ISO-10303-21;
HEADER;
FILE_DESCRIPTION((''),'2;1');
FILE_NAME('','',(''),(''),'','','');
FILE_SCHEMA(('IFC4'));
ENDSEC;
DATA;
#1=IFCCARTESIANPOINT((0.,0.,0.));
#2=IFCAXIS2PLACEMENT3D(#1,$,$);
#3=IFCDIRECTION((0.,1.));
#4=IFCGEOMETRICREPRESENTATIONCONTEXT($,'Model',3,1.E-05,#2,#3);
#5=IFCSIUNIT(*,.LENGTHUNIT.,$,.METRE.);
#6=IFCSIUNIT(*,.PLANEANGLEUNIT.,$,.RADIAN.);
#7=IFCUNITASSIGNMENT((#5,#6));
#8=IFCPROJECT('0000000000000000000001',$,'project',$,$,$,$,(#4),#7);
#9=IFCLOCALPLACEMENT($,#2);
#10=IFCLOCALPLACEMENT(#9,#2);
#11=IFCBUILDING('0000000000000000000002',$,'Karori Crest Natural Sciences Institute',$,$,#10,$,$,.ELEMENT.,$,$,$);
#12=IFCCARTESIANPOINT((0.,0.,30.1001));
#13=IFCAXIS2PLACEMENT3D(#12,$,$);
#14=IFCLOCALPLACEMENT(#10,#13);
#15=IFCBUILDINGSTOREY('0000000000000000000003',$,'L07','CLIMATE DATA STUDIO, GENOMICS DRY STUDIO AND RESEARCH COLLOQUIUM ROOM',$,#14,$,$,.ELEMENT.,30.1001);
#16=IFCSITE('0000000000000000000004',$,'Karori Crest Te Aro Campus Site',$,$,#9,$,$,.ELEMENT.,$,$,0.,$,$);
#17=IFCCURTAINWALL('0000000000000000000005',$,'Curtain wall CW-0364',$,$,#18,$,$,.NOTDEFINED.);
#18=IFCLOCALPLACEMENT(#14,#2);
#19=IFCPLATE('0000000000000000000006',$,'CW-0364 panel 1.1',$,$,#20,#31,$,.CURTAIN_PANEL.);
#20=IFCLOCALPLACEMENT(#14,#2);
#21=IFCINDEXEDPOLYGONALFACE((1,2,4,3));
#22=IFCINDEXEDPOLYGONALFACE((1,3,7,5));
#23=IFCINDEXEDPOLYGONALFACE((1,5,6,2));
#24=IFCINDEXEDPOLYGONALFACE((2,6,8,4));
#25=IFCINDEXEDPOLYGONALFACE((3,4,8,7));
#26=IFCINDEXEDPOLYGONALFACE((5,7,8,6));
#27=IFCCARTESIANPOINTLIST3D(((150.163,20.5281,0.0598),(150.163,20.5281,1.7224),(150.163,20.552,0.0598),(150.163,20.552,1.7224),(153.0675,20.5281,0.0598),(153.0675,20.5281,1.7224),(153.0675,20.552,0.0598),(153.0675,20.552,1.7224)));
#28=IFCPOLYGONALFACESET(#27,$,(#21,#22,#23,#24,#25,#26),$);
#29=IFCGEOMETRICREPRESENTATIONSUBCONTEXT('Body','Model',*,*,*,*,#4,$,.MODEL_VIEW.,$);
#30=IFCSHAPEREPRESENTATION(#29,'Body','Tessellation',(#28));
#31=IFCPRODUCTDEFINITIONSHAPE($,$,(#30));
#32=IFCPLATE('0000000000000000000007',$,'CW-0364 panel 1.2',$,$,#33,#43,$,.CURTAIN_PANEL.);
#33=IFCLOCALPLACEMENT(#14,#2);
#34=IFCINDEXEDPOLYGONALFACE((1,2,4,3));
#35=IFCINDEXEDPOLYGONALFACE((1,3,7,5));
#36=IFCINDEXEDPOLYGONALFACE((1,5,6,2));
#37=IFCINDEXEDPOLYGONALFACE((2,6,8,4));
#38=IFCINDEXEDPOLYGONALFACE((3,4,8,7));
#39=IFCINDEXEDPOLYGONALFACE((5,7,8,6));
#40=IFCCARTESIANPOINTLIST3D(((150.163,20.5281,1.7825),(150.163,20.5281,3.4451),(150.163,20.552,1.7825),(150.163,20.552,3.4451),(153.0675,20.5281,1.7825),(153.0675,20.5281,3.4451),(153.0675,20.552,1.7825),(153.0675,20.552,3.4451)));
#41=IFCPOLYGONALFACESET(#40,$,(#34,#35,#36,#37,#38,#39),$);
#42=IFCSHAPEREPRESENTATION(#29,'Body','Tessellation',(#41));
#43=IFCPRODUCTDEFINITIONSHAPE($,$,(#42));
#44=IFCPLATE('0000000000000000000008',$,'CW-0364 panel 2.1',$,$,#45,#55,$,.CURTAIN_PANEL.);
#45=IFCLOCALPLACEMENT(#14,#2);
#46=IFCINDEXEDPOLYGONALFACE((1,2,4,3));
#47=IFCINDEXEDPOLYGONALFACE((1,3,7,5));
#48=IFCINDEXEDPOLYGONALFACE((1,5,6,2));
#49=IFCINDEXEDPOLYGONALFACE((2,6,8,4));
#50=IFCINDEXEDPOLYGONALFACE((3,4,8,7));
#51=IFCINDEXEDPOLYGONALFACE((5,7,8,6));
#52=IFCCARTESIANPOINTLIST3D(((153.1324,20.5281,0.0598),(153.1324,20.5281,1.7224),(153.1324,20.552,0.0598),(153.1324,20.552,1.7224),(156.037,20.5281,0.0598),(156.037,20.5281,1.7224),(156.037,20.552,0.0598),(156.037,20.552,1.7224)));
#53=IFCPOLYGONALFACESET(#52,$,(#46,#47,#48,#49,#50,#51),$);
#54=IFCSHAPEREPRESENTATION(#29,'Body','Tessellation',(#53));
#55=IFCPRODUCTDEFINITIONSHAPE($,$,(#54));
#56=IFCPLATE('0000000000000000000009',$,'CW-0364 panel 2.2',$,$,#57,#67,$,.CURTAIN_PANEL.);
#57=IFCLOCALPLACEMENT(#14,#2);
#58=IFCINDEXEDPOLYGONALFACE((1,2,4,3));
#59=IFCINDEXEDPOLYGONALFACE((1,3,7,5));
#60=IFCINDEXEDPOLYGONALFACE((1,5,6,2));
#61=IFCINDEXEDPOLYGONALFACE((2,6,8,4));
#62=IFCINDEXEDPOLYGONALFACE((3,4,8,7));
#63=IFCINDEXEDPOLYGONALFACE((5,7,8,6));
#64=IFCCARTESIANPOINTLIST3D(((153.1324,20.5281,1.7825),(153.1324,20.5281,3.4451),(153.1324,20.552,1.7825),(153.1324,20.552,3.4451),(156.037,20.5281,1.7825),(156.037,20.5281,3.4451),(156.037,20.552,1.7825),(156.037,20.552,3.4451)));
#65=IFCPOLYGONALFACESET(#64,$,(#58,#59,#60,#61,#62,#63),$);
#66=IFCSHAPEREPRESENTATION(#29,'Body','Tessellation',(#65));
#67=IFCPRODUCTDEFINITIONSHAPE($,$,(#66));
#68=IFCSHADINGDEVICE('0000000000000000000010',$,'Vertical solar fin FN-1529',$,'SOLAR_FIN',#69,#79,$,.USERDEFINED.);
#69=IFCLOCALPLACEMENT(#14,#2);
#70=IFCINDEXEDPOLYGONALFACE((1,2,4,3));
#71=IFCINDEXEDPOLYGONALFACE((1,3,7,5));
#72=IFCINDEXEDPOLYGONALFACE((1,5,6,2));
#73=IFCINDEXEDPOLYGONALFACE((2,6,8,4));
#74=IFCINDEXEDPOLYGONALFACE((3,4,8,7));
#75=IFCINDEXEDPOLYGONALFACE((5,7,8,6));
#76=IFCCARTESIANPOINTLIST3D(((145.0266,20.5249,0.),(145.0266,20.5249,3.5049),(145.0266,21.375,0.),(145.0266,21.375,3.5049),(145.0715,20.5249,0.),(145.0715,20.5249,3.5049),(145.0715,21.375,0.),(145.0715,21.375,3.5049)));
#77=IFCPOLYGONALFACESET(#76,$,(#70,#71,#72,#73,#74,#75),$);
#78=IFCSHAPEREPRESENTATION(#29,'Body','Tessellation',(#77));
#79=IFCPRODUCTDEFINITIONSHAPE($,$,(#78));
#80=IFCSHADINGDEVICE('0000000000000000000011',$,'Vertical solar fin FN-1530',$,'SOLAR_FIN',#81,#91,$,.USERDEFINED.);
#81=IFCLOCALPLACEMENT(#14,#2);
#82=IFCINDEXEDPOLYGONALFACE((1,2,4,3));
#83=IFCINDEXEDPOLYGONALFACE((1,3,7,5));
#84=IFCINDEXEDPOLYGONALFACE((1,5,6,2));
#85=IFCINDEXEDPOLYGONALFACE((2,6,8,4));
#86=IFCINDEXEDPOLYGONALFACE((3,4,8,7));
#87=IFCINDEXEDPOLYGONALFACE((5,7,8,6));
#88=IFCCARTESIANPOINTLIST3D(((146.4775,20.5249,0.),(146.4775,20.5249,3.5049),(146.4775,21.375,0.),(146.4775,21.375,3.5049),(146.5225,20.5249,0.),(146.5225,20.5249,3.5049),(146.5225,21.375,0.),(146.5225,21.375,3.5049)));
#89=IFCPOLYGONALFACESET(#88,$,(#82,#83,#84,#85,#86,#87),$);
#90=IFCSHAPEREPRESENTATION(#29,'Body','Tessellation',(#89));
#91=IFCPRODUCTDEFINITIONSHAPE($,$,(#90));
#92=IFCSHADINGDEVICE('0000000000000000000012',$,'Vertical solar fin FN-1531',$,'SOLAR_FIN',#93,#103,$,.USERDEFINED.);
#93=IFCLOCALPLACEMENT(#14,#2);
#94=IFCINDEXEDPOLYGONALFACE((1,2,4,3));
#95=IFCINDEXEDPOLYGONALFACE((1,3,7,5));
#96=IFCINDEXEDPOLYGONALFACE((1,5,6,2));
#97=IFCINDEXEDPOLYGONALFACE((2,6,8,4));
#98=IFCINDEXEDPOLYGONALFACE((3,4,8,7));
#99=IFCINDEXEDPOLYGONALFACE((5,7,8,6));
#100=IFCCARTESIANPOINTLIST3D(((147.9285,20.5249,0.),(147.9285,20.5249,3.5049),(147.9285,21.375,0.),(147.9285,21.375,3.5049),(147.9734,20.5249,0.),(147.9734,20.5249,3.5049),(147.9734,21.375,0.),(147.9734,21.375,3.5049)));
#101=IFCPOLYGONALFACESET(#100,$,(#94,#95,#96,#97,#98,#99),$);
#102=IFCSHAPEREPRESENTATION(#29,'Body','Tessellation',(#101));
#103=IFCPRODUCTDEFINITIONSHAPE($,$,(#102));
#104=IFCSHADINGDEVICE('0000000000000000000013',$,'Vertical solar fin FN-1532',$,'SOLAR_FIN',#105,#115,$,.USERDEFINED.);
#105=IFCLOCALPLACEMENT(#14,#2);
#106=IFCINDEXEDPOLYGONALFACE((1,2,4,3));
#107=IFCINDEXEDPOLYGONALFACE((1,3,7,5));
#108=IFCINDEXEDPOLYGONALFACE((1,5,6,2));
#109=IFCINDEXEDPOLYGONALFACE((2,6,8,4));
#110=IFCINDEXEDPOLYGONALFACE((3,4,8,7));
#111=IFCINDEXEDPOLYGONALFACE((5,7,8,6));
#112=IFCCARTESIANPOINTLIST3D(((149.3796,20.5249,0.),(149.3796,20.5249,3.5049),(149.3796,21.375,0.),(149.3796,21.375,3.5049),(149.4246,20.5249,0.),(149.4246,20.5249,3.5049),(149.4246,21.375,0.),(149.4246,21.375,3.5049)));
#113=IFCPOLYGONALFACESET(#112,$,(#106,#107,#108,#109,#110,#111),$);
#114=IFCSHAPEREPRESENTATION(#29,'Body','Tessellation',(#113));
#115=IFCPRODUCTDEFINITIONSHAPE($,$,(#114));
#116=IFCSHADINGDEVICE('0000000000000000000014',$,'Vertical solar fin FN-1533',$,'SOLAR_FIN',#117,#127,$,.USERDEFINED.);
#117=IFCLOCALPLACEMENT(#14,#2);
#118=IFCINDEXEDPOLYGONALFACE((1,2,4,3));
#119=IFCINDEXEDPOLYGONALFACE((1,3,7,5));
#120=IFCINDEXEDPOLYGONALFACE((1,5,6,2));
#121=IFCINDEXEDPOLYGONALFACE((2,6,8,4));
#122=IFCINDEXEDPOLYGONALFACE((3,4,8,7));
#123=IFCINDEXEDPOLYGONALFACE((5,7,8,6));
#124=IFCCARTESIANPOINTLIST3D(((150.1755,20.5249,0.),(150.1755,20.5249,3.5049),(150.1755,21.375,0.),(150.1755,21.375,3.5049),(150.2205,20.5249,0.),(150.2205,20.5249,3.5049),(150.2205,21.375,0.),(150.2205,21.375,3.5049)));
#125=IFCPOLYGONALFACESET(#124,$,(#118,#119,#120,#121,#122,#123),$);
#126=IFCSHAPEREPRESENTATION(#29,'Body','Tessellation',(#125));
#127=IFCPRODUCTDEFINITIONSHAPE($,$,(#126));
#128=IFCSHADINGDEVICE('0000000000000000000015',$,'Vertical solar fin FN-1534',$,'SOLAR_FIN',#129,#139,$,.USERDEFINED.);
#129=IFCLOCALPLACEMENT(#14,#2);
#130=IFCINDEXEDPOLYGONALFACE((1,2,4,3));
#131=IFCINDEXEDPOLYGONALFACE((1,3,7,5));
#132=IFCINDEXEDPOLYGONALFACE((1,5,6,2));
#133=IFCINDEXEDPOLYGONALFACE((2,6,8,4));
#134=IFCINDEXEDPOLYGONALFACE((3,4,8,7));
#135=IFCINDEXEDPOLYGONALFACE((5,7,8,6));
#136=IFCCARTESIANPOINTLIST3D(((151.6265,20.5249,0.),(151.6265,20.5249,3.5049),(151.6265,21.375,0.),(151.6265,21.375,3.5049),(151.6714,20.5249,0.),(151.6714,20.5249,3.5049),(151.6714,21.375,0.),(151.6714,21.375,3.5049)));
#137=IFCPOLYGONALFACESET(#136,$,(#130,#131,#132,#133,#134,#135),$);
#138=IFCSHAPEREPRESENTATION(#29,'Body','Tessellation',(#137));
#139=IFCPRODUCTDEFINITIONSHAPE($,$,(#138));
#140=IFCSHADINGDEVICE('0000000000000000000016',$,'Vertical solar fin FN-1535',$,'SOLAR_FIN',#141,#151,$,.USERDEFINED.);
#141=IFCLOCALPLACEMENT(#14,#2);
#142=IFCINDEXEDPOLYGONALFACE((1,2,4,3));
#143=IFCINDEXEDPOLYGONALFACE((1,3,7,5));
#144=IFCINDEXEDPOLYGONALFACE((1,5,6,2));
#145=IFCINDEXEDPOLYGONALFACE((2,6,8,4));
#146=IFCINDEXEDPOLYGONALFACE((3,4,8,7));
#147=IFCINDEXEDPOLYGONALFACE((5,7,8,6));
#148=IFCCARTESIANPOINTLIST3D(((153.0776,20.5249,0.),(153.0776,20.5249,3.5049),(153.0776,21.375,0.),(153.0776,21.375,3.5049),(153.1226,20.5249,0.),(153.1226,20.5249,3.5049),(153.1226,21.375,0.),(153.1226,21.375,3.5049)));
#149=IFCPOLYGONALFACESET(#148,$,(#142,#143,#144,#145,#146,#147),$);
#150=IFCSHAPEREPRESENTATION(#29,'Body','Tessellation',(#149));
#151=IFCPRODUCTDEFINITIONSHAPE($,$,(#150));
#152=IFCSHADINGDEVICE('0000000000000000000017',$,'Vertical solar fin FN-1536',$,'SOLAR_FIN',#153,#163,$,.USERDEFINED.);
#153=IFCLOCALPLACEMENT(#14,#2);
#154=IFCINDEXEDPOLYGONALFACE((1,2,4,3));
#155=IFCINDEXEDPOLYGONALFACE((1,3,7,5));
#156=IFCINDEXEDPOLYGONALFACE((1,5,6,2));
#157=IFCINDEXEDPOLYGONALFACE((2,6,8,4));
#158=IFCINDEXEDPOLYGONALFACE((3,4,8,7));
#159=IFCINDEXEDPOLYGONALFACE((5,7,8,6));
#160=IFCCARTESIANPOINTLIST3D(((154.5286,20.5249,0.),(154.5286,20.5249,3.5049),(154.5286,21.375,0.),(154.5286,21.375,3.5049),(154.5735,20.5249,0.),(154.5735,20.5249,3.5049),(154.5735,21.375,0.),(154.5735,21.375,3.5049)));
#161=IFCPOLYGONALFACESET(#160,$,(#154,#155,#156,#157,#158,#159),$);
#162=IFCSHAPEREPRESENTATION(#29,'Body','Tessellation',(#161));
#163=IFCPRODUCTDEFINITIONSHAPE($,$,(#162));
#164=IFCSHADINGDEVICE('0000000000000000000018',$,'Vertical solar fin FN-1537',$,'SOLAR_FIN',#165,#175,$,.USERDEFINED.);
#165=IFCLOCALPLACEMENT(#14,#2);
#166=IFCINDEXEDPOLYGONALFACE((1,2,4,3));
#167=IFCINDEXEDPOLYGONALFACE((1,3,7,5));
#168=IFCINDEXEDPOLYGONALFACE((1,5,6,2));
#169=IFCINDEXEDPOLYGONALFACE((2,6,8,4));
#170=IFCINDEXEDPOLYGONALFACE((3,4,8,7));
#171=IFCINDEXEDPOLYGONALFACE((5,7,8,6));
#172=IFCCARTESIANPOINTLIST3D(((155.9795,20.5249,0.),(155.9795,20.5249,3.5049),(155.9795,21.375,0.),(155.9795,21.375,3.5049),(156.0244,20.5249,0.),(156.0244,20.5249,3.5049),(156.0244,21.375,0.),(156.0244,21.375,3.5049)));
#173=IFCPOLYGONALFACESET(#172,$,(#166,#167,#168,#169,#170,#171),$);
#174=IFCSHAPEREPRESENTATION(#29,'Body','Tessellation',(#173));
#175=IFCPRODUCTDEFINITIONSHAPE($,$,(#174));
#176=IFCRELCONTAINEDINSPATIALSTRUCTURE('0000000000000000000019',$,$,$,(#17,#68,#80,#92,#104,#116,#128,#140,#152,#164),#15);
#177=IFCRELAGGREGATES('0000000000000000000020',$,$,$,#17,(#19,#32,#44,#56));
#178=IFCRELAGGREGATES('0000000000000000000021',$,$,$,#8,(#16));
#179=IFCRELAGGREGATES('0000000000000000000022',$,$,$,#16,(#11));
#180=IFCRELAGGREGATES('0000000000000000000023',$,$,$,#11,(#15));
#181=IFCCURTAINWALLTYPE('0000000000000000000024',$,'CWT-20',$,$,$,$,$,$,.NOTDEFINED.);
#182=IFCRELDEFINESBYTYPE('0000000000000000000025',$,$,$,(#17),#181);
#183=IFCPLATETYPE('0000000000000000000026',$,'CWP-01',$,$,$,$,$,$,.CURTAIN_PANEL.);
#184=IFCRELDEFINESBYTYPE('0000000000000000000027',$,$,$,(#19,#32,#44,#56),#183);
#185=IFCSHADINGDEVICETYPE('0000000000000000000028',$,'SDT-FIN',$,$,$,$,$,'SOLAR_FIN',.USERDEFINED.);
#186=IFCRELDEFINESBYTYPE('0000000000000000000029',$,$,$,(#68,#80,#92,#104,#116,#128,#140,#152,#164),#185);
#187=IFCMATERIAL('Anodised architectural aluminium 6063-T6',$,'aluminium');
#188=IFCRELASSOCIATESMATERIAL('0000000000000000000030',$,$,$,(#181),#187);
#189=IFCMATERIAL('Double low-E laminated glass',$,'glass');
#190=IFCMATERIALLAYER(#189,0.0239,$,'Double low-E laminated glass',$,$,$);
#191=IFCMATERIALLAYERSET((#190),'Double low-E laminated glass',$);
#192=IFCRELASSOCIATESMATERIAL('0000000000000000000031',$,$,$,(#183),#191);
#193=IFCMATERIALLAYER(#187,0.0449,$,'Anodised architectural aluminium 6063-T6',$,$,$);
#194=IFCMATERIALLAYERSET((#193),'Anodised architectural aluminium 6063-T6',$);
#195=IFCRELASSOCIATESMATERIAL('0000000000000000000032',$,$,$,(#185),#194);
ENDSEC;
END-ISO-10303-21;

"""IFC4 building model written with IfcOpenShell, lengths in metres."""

from ifc_helpers import new_model, si_unit, direction, frame, origin, origin_2d, place, context, subcontext, project, spatial, rectangle, extrude, material, layer, layer_set, type_object, element, aggregate, save


model = new_model("IFC4")

# Units and contexts
model_context = context("Model", 3, precision=1e-05, world=origin(), true_north=direction((0.0, 1.0)))
body_context = subcontext(model_context, "Body", "Model", "MODEL_VIEW")
ifc_project = project(units=[si_unit("LENGTHUNIT", "METRE"), si_unit("PLANEANGLEUNIT", "RADIAN")], contexts=[model_context])

# Site, building, storey
site_placement = place(None, origin())
site = spatial("IfcSite", under=ifc_project, at=site_placement, Name="Karori Crest Te Aro Campus Site", CompositionType="ELEMENT", RefElevation=0.0)
building_placement = place(site_placement, origin())
building = spatial("IfcBuilding", under=site, at=building_placement, Name="Karori Crest Natural Sciences Institute", CompositionType="ELEMENT")
storey_placement = place(building_placement, frame((0.0, 0.0, 30.1001)))
storey = spatial("IfcBuildingStorey", under=building, at=storey_placement, Name="L07", Description="CLIMATE DATA STUDIO, GENOMICS DRY STUDIO AND RESEARCH COLLOQUIUM ROOM", CompositionType="ELEMENT", Elevation=30.1001)

# Curtain wall
ifc_material_1 = material(Name="Anodised architectural aluminium 6063-T6", Category="aluminium")
curtain_wall_type = type_object("IfcCurtainWallType", Name="CWT-20", PredefinedType="NOTDEFINED", material=ifc_material_1)
curtain_wall_1_placement = place(storey_placement, origin())
curtain_wall_1 = element("IfcCurtainWall", 1, at=curtain_wall_1_placement, inside=storey, type_object=curtain_wall_type, Name="Curtain wall CW-0364", PredefinedType="NOTDEFINED")

# Plates
ifc_material_2 = material(Name="Double low-E laminated glass", Category="glass")
ifc_layer_1 = layer(ifc_material_2, 0.0239, Name="Double low-E laminated glass")
ifc_layer_set_1 = layer_set([ifc_layer_1], Name="Double low-E laminated glass")
plate_type = type_object("IfcPlateType", Name="CWP-01", PredefinedType="CURTAIN_PANEL", material=ifc_layer_set_1)
plate_1_placement = place(storey_placement, frame((151.6152, 20.54, 0.0598), z_axis=(0.0, 0.0, 1.0), x_axis=(1.0, 0.0, 0.0)))
plate_1 = element("IfcPlate", 2, at=plate_1_placement, type_object=plate_type, Name="CW-0364 panel 1.1", PredefinedType="CURTAIN_PANEL", context=body_context, shape_type="SweptSolid", body=[
    extrude(rectangle(XDim=2.9045, YDim=0.0239, at=origin_2d()), origin(), (0.0, 0.0, 1.0), 1.6626),
])
plate_2_placement = place(storey_placement, frame((151.6152, 20.54, 1.7825), z_axis=(0.0, 0.0, 1.0), x_axis=(1.0, 0.0, 0.0)))
plate_2 = element("IfcPlate", 3, at=plate_2_placement, type_object=plate_type, Name="CW-0364 panel 1.2", PredefinedType="CURTAIN_PANEL", context=body_context, shape_type="SweptSolid", body=[
    extrude(rectangle(XDim=2.9045, YDim=0.0239, at=origin_2d()), origin(), (0.0, 0.0, 1.0), 1.6626),
])
plate_3_placement = place(storey_placement, frame((154.5847, 20.54, 0.0598), z_axis=(0.0, 0.0, 1.0), x_axis=(1.0, 0.0, 0.0)))
plate_3 = element("IfcPlate", 4, at=plate_3_placement, type_object=plate_type, Name="CW-0364 panel 2.1", PredefinedType="CURTAIN_PANEL", context=body_context, shape_type="SweptSolid", body=[
    extrude(rectangle(XDim=2.9045, YDim=0.0239, at=origin_2d()), origin(), (0.0, 0.0, 1.0), 1.6626),
])
plate_4_placement = place(storey_placement, frame((154.5847, 20.54, 1.7825), z_axis=(0.0, 0.0, 1.0), x_axis=(1.0, 0.0, 0.0)))
plate_4 = element("IfcPlate", 5, at=plate_4_placement, type_object=plate_type, Name="CW-0364 panel 2.2", PredefinedType="CURTAIN_PANEL", context=body_context, shape_type="SweptSolid", body=[
    extrude(rectangle(XDim=2.9045, YDim=0.0239, at=origin_2d()), origin(), (0.0, 0.0, 1.0), 1.6626),
])
aggregate(curtain_wall_1, [plate_1, plate_2, plate_3, plate_4])

# Shading devices
ifc_layer_2 = layer(ifc_material_1, 0.0449, Name="Anodised architectural aluminium 6063-T6")
ifc_layer_set_2 = layer_set([ifc_layer_2], Name="Anodised architectural aluminium 6063-T6")
shading_device_type = type_object("IfcShadingDeviceType", Name="SDT-FIN", ElementType="SOLAR_FIN", PredefinedType="USERDEFINED", material=ifc_layer_set_2)
for number, where, z_axis, x_axis, name in (
    (6, (145.0491, 20.95, 0.0), (0.0, 0.0, 1.0), (0.0, 1.0, 0.0), "Vertical solar fin FN-1529"),
    (7, (146.5, 20.95, 0.0), (0.0, 0.0, 1.0), (0.0, 1.0, 0.0), "Vertical solar fin FN-1530"),
    (8, (147.9509, 20.95, 0.0), (0.0, 0.0, 1.0), (0.0, 1.0, 0.0), "Vertical solar fin FN-1531"),
    (9, (149.4021, 20.95, 0.0), (0.0, 0.0, 1.0), (0.0, 1.0, 0.0), "Vertical solar fin FN-1532"),
    (10, (150.198, 20.95, 0.0), (0.0, 0.0, 1.0), (0.0, 1.0, 0.0), "Vertical solar fin FN-1533"),
    (11, (151.6489, 20.95, 0.0), (0.0, 0.0, 1.0), (0.0, 1.0, 0.0), "Vertical solar fin FN-1534"),
    (12, (153.1001, 20.95, 0.0), (0.0, 0.0, 1.0), (0.0, 1.0, 0.0), "Vertical solar fin FN-1535"),
    (13, (154.551, 20.95, 0.0), (0.0, 0.0, 1.0), (0.0, 1.0, 0.0), "Vertical solar fin FN-1536"),
    (14, (156.002, 20.95, 0.0), (0.0, 0.0, 1.0), (0.0, 1.0, 0.0), "Vertical solar fin FN-1537"),
):
    element("IfcShadingDevice", number, at=place(storey_placement, frame(where, z_axis=z_axis, x_axis=x_axis)), inside=storey, type_object=shading_device_type, Name=name, ObjectType="SOLAR_FIN", PredefinedType="USERDEFINED", context=body_context, shape_type="SweptSolid", body=[
        extrude(rectangle(XDim=0.8501, YDim=0.0449, at=origin_2d()), origin(), (0.0, 0.0, 1.0), 3.5049),
    ])

save(model, "model.ifc")
